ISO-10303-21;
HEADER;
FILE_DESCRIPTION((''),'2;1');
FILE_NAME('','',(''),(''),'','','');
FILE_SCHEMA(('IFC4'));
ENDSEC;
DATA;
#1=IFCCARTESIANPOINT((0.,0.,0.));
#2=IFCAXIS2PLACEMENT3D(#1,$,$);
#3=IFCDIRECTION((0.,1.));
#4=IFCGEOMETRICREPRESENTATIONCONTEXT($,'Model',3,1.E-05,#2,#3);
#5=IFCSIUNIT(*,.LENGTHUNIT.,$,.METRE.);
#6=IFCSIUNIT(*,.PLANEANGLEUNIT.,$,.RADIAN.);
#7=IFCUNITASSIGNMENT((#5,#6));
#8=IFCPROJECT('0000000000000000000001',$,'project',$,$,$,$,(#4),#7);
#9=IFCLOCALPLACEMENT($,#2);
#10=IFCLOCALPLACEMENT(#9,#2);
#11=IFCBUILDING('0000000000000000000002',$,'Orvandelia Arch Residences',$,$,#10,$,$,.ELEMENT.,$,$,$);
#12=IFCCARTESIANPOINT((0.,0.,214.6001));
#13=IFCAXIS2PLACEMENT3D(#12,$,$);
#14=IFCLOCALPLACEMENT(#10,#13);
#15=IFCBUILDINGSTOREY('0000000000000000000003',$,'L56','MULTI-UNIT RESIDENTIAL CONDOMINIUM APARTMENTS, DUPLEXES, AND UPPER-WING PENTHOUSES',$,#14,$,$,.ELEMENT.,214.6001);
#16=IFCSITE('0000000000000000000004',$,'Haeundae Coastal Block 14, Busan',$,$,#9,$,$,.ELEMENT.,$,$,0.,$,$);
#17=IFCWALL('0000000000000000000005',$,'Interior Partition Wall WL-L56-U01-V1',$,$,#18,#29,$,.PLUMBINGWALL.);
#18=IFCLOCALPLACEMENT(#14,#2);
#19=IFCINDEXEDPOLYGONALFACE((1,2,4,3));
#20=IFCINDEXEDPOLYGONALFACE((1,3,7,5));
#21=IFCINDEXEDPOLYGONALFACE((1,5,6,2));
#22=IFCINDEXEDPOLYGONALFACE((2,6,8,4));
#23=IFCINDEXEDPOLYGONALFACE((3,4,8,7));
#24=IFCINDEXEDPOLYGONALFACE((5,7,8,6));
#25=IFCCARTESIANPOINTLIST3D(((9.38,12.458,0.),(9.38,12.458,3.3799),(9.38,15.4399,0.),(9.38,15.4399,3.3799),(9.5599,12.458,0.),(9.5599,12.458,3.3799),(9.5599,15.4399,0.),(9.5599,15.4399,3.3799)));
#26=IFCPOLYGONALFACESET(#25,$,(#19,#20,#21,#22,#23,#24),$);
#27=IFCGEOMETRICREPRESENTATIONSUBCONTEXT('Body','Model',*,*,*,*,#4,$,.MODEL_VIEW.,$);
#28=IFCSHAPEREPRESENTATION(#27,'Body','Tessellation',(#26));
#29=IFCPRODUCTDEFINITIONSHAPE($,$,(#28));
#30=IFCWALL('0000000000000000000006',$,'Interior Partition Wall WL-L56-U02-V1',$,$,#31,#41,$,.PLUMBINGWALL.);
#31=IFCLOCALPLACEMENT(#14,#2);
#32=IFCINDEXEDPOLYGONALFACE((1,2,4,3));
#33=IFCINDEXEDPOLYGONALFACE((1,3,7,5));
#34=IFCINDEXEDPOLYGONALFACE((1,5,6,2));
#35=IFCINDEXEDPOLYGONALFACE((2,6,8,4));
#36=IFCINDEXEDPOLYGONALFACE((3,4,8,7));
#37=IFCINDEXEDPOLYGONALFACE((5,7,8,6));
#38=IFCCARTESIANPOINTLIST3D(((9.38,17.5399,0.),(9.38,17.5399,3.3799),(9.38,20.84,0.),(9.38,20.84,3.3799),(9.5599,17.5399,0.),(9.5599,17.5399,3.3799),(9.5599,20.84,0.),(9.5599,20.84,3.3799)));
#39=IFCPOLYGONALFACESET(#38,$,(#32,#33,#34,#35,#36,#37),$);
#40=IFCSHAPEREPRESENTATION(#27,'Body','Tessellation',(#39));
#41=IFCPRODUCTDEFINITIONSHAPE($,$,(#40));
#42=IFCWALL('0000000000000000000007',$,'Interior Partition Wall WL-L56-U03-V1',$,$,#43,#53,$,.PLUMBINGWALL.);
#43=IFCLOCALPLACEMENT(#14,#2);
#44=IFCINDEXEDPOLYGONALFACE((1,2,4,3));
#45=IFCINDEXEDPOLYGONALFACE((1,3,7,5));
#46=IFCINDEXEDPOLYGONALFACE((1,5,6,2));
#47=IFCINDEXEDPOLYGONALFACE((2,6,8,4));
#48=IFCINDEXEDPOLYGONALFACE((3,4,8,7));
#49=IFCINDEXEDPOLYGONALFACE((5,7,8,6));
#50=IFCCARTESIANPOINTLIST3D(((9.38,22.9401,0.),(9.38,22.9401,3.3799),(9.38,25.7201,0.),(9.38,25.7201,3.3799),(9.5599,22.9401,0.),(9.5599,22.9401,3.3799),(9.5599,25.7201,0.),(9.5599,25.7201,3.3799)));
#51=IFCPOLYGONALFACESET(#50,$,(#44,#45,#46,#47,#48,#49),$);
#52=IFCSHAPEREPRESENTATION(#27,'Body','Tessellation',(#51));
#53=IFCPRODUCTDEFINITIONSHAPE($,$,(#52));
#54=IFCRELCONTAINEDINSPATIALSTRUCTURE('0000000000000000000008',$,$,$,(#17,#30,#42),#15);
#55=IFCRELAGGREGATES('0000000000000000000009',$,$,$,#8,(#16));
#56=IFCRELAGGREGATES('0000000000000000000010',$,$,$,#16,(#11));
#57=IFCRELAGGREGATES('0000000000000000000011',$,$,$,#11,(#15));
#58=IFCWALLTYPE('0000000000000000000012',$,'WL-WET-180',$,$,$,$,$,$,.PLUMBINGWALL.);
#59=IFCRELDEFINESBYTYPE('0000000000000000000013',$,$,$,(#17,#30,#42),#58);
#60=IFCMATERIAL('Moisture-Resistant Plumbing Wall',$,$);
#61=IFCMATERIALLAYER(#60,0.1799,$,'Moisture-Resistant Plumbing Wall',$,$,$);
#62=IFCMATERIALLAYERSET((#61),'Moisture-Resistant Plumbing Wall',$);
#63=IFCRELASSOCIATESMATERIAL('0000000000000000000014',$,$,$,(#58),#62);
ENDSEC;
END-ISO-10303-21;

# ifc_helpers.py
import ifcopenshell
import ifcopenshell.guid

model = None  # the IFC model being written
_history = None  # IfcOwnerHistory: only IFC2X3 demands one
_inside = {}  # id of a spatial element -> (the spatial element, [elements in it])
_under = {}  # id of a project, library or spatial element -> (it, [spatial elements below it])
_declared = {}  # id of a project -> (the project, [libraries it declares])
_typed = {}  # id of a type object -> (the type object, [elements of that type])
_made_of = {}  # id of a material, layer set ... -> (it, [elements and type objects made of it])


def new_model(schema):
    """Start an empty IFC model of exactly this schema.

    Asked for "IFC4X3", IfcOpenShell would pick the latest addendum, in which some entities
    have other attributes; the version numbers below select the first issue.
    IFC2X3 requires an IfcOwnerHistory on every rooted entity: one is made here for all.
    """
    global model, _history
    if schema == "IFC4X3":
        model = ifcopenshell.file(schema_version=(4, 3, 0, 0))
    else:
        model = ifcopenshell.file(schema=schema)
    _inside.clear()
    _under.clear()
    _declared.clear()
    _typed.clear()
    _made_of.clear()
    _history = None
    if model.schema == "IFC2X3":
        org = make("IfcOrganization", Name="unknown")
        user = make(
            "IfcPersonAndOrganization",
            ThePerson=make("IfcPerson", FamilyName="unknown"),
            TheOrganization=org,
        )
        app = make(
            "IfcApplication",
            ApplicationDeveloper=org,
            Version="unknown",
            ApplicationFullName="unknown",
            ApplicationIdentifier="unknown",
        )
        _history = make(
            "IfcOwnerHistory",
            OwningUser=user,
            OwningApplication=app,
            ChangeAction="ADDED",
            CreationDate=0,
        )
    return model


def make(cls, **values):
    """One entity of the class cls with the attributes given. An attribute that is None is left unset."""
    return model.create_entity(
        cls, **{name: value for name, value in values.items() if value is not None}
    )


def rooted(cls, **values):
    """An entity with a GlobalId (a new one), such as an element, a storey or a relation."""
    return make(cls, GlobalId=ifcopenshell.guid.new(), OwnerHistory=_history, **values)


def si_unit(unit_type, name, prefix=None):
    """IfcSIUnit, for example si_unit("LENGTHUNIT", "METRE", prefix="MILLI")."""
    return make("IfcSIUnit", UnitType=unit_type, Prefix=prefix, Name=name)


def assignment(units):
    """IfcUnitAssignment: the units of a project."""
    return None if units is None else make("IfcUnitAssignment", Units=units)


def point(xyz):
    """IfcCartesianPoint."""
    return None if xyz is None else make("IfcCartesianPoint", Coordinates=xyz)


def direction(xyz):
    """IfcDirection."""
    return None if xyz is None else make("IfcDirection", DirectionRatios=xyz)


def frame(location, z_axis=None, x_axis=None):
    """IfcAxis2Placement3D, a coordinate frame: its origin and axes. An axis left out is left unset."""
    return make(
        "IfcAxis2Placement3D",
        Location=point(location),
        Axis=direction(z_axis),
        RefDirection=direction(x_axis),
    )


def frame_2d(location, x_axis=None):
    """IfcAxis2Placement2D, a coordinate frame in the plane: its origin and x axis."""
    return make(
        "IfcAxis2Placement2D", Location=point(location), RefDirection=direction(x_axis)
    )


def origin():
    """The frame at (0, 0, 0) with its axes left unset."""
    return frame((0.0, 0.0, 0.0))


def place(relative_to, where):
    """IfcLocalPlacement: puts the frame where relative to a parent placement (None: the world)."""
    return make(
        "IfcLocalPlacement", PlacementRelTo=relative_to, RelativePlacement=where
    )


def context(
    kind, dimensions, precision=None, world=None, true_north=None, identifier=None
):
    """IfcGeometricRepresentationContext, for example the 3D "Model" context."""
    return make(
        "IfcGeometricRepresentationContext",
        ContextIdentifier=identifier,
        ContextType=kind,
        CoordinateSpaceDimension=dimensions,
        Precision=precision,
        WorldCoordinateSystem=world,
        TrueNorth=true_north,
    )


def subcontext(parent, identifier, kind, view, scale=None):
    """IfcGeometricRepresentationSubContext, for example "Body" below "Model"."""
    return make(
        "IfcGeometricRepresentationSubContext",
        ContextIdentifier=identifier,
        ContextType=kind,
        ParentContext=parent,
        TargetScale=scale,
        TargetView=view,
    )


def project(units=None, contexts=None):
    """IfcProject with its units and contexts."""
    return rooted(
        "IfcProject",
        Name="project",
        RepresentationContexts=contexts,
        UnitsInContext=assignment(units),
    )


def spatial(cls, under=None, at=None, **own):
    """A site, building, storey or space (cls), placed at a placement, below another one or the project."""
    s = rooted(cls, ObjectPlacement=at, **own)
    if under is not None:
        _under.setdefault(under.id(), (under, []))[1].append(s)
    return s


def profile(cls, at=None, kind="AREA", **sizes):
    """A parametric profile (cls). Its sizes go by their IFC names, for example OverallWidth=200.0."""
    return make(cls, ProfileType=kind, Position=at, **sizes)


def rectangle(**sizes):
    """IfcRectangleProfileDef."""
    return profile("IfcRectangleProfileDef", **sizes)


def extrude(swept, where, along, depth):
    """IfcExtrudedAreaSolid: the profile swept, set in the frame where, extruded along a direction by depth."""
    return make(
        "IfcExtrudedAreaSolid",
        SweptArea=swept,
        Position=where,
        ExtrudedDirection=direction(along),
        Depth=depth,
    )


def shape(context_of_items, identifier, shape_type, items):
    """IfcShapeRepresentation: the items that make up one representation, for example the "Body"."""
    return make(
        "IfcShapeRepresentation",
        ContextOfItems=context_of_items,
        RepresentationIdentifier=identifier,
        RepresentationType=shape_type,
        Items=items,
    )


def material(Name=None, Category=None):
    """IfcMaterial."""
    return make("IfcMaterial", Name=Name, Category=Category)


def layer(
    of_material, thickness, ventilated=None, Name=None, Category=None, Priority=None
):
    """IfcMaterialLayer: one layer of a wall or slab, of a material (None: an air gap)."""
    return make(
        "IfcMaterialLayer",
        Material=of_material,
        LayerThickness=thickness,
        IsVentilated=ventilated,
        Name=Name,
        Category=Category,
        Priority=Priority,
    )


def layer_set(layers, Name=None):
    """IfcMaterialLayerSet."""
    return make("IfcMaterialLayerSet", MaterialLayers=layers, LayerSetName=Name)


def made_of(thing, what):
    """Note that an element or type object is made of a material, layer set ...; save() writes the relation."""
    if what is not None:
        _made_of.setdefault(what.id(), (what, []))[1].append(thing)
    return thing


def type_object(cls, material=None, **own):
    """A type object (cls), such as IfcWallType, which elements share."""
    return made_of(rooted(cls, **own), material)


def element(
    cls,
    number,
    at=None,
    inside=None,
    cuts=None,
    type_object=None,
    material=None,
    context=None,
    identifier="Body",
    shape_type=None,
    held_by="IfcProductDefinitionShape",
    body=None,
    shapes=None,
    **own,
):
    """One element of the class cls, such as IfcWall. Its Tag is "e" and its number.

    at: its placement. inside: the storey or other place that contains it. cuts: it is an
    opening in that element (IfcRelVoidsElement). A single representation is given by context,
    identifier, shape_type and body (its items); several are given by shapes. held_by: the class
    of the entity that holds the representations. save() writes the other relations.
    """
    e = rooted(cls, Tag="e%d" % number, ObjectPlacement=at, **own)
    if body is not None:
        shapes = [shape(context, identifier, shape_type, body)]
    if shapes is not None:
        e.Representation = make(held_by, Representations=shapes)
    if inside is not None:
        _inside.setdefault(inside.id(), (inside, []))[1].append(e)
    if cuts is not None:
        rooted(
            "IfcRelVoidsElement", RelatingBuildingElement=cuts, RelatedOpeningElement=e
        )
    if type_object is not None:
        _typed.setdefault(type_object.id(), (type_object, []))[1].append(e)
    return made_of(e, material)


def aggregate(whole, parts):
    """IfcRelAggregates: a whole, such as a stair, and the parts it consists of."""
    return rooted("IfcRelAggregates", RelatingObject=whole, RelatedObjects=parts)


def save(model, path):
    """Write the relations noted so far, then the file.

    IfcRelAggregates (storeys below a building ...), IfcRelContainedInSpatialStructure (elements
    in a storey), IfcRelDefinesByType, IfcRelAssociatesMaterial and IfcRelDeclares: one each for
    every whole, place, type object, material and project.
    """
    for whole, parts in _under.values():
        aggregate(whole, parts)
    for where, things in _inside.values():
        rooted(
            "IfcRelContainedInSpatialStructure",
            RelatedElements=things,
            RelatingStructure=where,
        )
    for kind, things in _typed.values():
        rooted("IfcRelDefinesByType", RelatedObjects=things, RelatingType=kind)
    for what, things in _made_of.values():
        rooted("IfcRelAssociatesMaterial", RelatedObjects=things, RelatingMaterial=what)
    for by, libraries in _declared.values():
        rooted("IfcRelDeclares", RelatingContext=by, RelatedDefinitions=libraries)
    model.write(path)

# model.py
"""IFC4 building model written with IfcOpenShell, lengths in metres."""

from ifc_helpers import new_model, si_unit, direction, frame, frame_2d, origin, place, context, subcontext, project, spatial, rectangle, extrude, material, layer, layer_set, type_object, element, save


model = new_model("IFC4")

# Units and contexts
model_context = context("Model", 3, precision=1e-05, world=origin(), true_north=direction((0.0, 1.0)))
body_context = subcontext(model_context, "Body", "Model", "MODEL_VIEW")
ifc_project = project(units=[si_unit("LENGTHUNIT", "METRE"), si_unit("PLANEANGLEUNIT", "RADIAN")], contexts=[model_context])

# Site, building, storey
site_placement = place(None, origin())
site = spatial("IfcSite", under=ifc_project, at=site_placement, Name="Haeundae Coastal Block 14, Busan", CompositionType="ELEMENT", RefElevation=0.0)
building_placement = place(site_placement, origin())
building = spatial("IfcBuilding", under=site, at=building_placement, Name="Orvandelia Arch Residences", CompositionType="ELEMENT")
storey_placement = place(building_placement, frame((0.0, 0.0, 214.6001)))
storey = spatial("IfcBuildingStorey", under=building, at=storey_placement, Name="L56", Description="MULTI-UNIT RESIDENTIAL CONDOMINIUM APARTMENTS, DUPLEXES, AND UPPER-WING PENTHOUSES", CompositionType="ELEMENT", Elevation=214.6001)

# Walls
ifc_material_1 = material(Name="Moisture-Resistant Plumbing Wall")
ifc_layer_1 = layer(ifc_material_1, 0.1799, Name="Moisture-Resistant Plumbing Wall")
ifc_layer_set_1 = layer_set([ifc_layer_1], Name="Moisture-Resistant Plumbing Wall")
wall_type_1 = type_object("IfcWallType", Name="WL-WET-180", PredefinedType="PLUMBINGWALL", material=ifc_layer_set_1)
wall_1_placement = place(storey_placement, frame((9.47, 12.458, 0.0), z_axis=(0.0, 0.0, 1.0), x_axis=(0.0, 1.0, 0.0)))
element("IfcWall", 1, at=wall_1_placement, inside=storey, type_object=wall_type_1, Name="Interior Partition Wall WL-L56-U01-V1", PredefinedType="PLUMBINGWALL", context=body_context, shape_type="SweptSolid", body=[
    extrude(rectangle(XDim=2.9819, YDim=0.1799, at=frame_2d((1.491, 0.0))), origin(), (0.0, 0.0, 1.0), 3.3799),
])
wall_2_placement = place(storey_placement, frame((9.47, 17.54, 0.0), z_axis=(0.0, 0.0, 1.0), x_axis=(0.0, 1.0, 0.0)))
element("IfcWall", 2, at=wall_2_placement, inside=storey, type_object=wall_type_1, Name="Interior Partition Wall WL-L56-U02-V1", PredefinedType="PLUMBINGWALL", context=body_context, shape_type="SweptSolid", body=[
    extrude(rectangle(XDim=3.3, YDim=0.1799, at=frame_2d((1.6499, 0.0))), origin(), (0.0, 0.0, 1.0), 3.3799),
])
wall_3_placement = place(storey_placement, frame((9.47, 22.9399, 0.0), z_axis=(0.0, 0.0, 1.0), x_axis=(0.0, 1.0, 0.0)))
element("IfcWall", 3, at=wall_3_placement, inside=storey, type_object=wall_type_1, Name="Interior Partition Wall WL-L56-U03-V1", PredefinedType="PLUMBINGWALL", context=body_context, shape_type="SweptSolid", body=[
    extrude(rectangle(XDim=2.78, YDim=0.1799, at=frame_2d((1.3901, 0.0))), origin(), (0.0, 0.0, 1.0), 3.3799),
])

save(model, "model.ifc")
